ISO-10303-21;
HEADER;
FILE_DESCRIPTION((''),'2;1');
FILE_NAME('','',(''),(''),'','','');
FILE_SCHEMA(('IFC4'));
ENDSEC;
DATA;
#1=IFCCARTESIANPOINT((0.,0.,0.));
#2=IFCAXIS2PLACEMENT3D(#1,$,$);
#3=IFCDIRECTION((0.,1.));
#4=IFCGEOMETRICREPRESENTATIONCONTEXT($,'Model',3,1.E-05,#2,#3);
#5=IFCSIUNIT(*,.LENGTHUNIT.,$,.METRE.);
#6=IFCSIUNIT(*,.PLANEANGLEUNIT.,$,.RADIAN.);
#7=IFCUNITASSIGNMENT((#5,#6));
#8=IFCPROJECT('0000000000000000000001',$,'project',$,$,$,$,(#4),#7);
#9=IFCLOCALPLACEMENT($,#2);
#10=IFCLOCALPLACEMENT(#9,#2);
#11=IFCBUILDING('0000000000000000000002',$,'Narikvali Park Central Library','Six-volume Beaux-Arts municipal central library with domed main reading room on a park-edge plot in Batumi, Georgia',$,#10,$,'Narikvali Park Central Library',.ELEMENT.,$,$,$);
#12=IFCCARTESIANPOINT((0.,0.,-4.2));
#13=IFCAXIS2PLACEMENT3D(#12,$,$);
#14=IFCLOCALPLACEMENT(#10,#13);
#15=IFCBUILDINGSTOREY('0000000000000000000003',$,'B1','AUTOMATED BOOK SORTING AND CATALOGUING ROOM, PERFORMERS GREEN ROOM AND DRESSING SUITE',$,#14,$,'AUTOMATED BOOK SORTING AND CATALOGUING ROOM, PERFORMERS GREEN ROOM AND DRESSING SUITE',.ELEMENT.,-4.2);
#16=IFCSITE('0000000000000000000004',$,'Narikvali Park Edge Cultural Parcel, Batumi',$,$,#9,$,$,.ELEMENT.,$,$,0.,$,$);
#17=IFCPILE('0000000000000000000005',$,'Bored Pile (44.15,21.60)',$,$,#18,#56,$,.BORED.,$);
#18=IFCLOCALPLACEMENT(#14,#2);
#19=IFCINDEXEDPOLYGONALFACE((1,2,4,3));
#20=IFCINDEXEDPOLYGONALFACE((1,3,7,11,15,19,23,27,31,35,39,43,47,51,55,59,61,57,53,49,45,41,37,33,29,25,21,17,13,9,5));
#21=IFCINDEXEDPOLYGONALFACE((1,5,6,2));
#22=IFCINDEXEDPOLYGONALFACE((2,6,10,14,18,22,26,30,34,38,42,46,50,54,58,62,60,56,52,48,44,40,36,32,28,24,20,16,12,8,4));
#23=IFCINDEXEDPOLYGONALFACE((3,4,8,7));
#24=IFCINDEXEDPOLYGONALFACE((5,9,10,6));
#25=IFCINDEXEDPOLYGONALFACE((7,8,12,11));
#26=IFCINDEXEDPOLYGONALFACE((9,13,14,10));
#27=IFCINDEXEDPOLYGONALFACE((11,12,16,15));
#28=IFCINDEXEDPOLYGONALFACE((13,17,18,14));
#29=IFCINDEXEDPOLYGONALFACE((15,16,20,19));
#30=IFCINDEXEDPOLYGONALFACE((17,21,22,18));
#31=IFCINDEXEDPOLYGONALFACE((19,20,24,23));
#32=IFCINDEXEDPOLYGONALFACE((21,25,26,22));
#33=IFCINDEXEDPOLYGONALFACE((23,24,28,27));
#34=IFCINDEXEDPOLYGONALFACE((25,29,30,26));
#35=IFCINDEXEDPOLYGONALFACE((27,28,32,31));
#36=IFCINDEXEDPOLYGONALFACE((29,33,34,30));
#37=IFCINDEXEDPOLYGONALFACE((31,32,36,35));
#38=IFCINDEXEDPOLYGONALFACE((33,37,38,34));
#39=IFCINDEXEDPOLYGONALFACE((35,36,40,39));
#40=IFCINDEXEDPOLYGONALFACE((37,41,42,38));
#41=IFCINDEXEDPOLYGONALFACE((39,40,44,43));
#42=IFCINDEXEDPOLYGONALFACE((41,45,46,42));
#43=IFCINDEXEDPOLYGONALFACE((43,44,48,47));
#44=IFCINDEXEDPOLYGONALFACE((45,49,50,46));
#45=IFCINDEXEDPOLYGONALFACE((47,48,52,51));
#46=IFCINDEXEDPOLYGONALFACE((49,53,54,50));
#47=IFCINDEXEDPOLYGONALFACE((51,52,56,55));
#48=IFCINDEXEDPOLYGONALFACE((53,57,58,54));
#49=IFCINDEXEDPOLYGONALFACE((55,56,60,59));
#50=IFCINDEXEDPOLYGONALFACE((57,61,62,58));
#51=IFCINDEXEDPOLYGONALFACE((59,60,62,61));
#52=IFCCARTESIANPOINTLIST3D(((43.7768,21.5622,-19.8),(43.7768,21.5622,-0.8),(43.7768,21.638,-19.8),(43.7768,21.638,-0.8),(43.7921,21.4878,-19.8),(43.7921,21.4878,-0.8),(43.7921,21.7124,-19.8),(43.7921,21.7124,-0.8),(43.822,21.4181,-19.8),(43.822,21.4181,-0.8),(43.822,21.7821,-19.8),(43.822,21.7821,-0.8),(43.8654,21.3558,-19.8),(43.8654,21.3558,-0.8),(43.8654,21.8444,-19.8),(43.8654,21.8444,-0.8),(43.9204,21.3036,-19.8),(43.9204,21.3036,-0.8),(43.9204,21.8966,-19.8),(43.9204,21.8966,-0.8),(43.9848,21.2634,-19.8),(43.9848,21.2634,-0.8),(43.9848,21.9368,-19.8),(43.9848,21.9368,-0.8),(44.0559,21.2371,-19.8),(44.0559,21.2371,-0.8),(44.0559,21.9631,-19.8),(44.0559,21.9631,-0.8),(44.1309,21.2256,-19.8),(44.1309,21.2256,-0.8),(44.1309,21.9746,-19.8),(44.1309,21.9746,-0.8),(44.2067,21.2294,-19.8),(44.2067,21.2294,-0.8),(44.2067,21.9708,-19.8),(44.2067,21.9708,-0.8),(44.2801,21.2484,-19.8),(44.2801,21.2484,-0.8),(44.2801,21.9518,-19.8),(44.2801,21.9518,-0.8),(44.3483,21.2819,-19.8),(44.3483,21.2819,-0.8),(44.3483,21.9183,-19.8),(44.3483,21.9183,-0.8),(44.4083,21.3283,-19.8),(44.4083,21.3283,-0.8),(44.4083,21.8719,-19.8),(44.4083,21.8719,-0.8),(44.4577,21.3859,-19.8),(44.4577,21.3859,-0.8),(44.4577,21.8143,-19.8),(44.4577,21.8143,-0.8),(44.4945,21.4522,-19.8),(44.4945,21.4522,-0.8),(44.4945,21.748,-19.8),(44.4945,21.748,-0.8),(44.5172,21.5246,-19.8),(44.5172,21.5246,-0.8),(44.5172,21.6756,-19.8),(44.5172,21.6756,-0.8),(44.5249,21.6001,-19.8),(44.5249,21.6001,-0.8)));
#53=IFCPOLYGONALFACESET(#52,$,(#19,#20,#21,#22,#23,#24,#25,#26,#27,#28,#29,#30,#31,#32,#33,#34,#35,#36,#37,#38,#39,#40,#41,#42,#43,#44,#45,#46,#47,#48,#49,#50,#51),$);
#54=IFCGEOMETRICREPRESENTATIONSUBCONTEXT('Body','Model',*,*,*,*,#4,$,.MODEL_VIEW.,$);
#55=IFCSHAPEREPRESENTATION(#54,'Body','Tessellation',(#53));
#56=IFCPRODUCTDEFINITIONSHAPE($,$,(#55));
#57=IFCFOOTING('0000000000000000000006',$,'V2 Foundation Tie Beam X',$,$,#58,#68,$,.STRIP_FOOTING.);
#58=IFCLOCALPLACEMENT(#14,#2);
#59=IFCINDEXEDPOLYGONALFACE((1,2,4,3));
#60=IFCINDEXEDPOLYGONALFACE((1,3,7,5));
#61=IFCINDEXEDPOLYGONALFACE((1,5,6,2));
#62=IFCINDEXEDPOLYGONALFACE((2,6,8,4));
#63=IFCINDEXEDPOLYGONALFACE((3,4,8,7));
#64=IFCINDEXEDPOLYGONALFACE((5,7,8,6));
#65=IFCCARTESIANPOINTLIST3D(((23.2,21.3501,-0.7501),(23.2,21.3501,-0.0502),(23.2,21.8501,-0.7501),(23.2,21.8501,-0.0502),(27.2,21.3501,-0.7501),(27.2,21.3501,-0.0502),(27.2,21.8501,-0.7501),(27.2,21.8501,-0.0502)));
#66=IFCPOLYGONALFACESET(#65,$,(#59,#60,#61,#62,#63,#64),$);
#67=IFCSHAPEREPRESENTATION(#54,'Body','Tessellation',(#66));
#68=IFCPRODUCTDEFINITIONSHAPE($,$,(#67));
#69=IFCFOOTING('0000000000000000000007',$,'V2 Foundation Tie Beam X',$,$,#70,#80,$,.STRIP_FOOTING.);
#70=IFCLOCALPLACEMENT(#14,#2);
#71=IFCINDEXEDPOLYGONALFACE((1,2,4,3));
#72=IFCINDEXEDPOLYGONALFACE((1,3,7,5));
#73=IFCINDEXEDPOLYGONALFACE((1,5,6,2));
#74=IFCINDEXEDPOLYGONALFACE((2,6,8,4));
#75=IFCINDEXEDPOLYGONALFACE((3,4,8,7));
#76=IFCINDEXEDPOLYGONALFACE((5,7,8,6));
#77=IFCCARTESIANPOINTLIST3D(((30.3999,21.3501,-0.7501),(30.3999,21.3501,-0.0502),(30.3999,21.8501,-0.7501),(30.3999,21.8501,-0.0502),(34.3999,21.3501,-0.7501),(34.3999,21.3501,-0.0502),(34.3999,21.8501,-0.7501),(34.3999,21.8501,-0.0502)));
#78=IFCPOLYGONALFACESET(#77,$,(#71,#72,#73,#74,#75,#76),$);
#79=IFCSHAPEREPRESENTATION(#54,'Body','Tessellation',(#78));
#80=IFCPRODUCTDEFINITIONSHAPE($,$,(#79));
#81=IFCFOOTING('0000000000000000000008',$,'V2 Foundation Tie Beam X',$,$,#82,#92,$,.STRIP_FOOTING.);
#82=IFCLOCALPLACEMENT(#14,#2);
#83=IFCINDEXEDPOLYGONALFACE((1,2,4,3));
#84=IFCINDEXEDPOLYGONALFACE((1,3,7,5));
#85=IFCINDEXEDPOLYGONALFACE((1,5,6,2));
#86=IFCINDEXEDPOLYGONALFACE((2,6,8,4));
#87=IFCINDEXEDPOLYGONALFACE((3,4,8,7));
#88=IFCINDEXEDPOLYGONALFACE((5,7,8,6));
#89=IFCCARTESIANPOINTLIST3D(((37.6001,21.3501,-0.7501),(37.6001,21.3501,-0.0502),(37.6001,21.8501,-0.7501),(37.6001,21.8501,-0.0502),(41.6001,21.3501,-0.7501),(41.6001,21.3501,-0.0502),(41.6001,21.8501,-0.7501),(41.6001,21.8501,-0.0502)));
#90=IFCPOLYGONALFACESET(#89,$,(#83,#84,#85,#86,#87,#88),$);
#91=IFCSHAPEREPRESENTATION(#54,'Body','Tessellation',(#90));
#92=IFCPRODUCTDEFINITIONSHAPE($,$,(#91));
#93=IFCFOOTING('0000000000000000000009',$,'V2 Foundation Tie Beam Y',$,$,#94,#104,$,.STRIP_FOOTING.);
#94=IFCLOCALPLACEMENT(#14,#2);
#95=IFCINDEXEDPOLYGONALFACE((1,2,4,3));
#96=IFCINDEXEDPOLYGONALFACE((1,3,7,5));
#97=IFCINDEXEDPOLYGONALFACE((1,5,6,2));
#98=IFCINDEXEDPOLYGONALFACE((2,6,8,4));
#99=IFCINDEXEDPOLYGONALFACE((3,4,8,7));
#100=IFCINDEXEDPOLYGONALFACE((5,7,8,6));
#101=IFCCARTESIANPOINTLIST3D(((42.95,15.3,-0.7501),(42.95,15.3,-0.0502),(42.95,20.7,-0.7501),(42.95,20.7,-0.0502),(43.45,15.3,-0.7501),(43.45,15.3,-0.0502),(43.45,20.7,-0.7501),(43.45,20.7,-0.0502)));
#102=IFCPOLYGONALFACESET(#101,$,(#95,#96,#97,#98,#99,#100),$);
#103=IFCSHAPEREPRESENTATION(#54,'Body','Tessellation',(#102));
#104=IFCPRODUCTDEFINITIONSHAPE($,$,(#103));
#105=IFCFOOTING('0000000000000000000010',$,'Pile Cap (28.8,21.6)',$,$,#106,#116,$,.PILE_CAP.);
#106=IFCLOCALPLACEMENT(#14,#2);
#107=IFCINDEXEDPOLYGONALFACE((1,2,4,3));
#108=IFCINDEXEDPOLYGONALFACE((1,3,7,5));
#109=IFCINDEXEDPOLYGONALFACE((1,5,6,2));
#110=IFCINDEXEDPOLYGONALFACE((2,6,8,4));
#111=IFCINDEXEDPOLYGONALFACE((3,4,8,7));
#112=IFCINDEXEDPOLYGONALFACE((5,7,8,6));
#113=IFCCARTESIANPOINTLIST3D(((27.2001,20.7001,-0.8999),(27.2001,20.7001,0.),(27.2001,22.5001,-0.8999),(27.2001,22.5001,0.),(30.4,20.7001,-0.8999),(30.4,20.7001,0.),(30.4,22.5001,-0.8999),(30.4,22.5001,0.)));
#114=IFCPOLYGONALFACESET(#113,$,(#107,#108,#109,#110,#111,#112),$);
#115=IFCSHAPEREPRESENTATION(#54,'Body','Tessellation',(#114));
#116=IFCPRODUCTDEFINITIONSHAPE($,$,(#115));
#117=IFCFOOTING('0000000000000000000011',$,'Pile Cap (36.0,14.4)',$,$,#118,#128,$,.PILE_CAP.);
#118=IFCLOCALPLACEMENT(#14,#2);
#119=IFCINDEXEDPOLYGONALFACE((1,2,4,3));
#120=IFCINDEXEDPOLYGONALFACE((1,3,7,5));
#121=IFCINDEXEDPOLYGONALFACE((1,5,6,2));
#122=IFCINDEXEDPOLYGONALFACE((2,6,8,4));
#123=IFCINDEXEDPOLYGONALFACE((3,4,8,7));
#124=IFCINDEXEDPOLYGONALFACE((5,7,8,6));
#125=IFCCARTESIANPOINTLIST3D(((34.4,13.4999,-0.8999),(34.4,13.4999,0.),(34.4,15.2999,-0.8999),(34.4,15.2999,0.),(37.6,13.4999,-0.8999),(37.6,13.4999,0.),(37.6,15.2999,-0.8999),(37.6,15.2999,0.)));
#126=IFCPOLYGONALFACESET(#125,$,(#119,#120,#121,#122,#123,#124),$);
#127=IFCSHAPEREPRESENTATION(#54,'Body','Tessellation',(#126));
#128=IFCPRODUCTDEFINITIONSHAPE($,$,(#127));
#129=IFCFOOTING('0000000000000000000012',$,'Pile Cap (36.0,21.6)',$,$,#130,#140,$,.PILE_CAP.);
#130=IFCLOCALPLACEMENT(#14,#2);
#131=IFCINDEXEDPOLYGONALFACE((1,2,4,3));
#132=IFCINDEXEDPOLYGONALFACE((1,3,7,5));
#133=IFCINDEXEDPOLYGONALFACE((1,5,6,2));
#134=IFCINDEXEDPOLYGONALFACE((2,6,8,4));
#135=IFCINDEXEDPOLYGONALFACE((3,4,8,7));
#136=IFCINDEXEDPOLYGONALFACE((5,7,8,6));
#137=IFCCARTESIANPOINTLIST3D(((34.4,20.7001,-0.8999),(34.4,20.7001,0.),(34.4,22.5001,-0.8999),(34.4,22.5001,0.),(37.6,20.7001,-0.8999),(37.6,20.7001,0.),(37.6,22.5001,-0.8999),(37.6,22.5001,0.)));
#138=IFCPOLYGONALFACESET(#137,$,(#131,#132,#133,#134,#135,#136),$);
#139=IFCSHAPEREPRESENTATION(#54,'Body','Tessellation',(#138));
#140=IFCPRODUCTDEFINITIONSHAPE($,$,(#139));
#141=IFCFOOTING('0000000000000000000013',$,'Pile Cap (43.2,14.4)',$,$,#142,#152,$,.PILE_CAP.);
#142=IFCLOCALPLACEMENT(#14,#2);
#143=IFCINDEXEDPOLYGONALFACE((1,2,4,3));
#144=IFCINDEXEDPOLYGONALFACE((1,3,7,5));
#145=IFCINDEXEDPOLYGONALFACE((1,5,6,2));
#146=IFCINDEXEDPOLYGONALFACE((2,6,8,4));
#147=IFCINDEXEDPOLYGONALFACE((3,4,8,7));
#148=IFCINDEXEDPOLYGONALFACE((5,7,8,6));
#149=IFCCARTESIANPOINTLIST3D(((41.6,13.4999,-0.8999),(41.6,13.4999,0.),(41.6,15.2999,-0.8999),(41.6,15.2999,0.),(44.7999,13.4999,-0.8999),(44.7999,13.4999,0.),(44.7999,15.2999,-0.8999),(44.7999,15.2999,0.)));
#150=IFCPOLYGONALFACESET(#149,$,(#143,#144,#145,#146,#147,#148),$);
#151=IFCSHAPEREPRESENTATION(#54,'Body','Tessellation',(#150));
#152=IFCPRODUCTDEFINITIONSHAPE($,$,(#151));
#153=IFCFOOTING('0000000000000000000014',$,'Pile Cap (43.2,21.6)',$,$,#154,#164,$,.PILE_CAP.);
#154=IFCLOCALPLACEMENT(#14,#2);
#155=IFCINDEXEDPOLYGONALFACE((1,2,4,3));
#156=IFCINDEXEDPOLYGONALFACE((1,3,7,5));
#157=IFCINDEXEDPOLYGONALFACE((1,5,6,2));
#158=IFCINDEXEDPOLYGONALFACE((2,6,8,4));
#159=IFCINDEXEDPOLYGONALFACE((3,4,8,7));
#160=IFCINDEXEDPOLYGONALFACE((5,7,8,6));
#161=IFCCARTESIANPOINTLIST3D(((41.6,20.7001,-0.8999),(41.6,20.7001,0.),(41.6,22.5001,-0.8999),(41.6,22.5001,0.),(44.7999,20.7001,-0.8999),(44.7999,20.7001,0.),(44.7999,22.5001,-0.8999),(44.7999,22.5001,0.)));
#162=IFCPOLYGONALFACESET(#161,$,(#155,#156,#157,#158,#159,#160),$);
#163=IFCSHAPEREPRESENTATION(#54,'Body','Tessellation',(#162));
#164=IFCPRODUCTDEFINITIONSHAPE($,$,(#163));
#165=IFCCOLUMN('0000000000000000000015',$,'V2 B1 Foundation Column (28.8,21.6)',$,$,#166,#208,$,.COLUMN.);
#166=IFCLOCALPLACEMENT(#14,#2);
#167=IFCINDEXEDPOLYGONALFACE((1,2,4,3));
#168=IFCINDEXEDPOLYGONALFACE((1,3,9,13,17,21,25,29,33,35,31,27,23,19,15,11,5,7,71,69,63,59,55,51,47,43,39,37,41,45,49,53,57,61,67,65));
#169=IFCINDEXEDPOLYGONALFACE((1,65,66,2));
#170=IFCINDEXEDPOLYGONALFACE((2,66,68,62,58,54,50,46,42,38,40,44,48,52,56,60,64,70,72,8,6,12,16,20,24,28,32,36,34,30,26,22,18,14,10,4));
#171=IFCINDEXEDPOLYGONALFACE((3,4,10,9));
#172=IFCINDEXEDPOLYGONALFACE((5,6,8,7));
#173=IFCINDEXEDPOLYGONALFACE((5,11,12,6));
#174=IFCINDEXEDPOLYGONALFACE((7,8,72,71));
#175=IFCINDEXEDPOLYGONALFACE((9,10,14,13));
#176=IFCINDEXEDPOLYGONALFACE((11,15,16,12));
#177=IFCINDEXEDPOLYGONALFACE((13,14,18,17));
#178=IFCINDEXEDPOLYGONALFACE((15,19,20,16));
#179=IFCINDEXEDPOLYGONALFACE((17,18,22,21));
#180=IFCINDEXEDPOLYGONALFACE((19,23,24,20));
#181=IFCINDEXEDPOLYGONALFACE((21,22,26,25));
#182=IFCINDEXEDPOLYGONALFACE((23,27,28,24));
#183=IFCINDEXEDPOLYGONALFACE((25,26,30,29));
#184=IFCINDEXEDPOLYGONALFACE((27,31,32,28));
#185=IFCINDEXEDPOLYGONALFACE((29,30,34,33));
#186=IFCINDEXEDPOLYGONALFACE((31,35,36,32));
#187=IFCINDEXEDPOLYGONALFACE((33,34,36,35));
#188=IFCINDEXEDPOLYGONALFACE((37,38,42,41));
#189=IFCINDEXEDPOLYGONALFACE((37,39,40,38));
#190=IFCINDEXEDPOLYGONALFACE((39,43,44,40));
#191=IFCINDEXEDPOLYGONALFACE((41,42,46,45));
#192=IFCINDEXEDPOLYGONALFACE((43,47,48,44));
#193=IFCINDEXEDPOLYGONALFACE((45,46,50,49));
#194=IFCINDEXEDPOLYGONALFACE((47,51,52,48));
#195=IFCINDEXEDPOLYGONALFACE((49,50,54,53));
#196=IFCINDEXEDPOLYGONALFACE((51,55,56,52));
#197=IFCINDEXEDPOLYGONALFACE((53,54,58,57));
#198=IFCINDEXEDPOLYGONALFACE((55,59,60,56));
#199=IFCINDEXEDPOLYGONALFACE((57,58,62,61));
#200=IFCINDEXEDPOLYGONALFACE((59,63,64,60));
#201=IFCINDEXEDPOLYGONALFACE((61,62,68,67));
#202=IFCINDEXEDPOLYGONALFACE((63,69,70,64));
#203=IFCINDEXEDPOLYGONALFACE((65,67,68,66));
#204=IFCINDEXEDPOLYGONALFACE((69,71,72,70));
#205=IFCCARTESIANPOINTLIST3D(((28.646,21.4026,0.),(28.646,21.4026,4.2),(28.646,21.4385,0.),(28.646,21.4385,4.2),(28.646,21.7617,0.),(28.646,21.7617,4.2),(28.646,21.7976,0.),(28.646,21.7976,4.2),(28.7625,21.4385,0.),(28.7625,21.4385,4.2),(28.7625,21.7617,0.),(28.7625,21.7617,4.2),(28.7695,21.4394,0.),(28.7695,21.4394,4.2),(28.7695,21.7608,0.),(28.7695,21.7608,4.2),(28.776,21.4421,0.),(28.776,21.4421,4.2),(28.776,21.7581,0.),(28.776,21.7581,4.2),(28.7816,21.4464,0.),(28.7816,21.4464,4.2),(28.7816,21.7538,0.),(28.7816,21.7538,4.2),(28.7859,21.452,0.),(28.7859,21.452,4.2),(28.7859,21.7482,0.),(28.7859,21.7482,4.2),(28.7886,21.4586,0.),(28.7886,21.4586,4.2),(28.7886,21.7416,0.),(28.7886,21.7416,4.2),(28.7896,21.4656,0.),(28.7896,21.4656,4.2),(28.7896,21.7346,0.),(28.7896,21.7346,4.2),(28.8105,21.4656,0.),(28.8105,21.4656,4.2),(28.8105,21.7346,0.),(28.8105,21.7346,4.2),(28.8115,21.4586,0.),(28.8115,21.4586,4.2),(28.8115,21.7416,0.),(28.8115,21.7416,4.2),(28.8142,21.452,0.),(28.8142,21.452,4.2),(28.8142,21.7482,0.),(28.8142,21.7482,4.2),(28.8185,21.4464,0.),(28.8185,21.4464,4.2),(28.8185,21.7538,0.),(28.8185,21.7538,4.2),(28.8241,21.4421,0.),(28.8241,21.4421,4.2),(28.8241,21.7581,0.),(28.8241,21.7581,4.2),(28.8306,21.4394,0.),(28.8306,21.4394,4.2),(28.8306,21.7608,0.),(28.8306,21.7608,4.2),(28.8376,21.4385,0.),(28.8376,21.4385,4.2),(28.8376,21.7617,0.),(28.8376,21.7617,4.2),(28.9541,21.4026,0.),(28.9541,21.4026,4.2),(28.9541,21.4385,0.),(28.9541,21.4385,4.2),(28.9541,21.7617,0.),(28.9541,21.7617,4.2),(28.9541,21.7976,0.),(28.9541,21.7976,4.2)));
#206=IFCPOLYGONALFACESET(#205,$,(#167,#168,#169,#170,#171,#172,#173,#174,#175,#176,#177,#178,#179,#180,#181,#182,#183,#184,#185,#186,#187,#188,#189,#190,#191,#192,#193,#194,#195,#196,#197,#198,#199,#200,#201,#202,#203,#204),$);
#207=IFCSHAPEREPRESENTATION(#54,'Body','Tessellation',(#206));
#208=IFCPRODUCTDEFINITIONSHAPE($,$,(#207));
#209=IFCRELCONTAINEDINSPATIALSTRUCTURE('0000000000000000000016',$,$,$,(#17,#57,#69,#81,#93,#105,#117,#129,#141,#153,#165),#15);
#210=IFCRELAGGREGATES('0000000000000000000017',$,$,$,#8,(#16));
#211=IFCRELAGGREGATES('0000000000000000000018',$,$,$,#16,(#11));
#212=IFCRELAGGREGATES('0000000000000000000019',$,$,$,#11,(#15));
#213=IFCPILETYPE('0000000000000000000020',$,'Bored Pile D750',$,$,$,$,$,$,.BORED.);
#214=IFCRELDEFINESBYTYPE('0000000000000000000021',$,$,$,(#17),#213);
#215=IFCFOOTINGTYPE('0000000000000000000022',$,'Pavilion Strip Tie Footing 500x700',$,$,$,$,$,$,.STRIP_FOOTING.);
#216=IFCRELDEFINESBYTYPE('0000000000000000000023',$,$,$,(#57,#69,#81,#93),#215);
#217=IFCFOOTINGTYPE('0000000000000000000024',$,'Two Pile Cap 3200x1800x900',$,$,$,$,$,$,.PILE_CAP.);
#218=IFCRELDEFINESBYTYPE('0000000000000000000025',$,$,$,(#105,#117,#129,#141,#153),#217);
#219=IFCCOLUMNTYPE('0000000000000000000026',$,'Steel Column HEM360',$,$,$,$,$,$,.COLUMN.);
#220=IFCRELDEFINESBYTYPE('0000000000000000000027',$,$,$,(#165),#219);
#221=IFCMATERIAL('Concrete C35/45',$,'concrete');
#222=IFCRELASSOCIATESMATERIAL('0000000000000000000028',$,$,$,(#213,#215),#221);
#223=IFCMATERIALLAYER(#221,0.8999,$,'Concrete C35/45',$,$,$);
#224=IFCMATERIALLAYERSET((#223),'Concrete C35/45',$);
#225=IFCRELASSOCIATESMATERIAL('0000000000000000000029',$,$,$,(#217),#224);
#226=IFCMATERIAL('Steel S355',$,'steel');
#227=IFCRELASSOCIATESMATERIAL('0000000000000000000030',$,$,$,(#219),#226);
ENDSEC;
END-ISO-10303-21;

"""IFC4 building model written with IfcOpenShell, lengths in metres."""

from ifc_helpers import new_model, si_unit, direction, frame, origin, origin_2d, place, context, subcontext, project, spatial, rectangle, circle, i_section, extrude, material, layer, layer_set, material_profile, profile_set, type_object, element, save


model = new_model("IFC4")

# Units and contexts
model_context = context("Model", 3, precision=1e-05, world=origin(), true_north=direction((0.0, 1.0)))
body_context = subcontext(model_context, "Body", "Model", "MODEL_VIEW")
ifc_project = project(units=[si_unit("LENGTHUNIT", "METRE"), si_unit("PLANEANGLEUNIT", "RADIAN")], contexts=[model_context])

# Site, building, storey
site_placement = place(None, origin())
site = spatial("IfcSite", under=ifc_project, at=site_placement, Name="Narikvali Park Edge Cultural Parcel, Batumi", CompositionType="ELEMENT", RefElevation=0.0)
building_placement = place(site_placement, origin())
building = spatial("IfcBuilding", under=site, at=building_placement, Name="Narikvali Park Central Library", Description="Six-volume Beaux-Arts municipal central library with domed main reading room on a park-edge plot in Batumi, Georgia", LongName="Narikvali Park Central Library", CompositionType="ELEMENT")
storey_placement = place(building_placement, frame((0.0, 0.0, -4.2)))
storey = spatial("IfcBuildingStorey", under=building, at=storey_placement, Name="B1", Description="AUTOMATED BOOK SORTING AND CATALOGUING ROOM, PERFORMERS GREEN ROOM AND DRESSING SUITE", LongName="AUTOMATED BOOK SORTING AND CATALOGUING ROOM, PERFORMERS GREEN ROOM AND DRESSING SUITE", CompositionType="ELEMENT", Elevation=-4.2)

# Pile
ifc_material_1 = material(Name="Concrete C35/45", Category="concrete")
ifc_material_profile_1 = material_profile(ifc_material_1, circle(Radius=0.375, at=origin_2d()), Name="PILE D750")
ifc_profile_set_1 = profile_set([ifc_material_profile_1], Name="Concrete C35/45")
pile_type_1 = type_object("IfcPileType", Name="Bored Pile D750", PredefinedType="BORED", material=ifc_profile_set_1)
for number, where, z_axis, x_axis, name in (
    (1, (44.1499, 21.6001, -0.8), (0.0, 0.0, -1.0), (1.0, 0.0, 0.0), "Bored Pile (44.15,21.60)"),
):
    element("IfcPile", number, at=place(storey_placement, frame(where, z_axis=z_axis, x_axis=x_axis)), inside=storey, type_object=pile_type_1, Name=name, PredefinedType="BORED", context=body_context, shape_type="SweptSolid", body=[
        extrude(circle(Radius=0.375, at=origin_2d()), origin(), (0.0, 0.0, 1.0), 19.0),
    ])

# Footings
ifc_material_profile_2 = material_profile(ifc_material_1, rectangle(XDim=0.5, YDim=0.7, at=origin_2d()), Name="RC GB 500x700")
ifc_profile_set_2 = profile_set([ifc_material_profile_2], Name="Concrete C35/45")
footing_type_1 = type_object("IfcFootingType", Name="Pavilion Strip Tie Footing 500x700", PredefinedType="STRIP_FOOTING", material=ifc_profile_set_2)
for number, where, z_axis, x_axis, name in (
    (2, (23.2, 21.6001, -0.4001), (1.0, 0.0, 0.0), (0.0, 1.0, 0.0), "V2 Foundation Tie Beam X"),
    (3, (30.3999, 21.6001, -0.4001), (1.0, 0.0, 0.0), (0.0, 1.0, 0.0), "V2 Foundation Tie Beam X"),
    (4, (37.6001, 21.6001, -0.4001), (1.0, 0.0, 0.0), (0.0, 1.0, 0.0), "V2 Foundation Tie Beam X"),
):
    element("IfcFooting", number, at=place(storey_placement, frame(where, z_axis=z_axis, x_axis=x_axis)), inside=storey, type_object=footing_type_1, Name=name, PredefinedType="STRIP_FOOTING", context=body_context, shape_type="SweptSolid", body=[
        extrude(rectangle(XDim=0.5, YDim=0.7, at=origin_2d()), origin(), (0.0, 0.0, 1.0), 4.0),
    ])
footing_placement = place(storey_placement, frame((43.2, 15.3, -0.4001), z_axis=(0.0, 1.0, 0.0), x_axis=(-1.0, 0.0, 0.0)))
element("IfcFooting", 5, at=footing_placement, inside=storey, type_object=footing_type_1, Name="V2 Foundation Tie Beam Y", PredefinedType="STRIP_FOOTING", context=body_context, shape_type="SweptSolid", body=[
    extrude(rectangle(XDim=0.5, YDim=0.7, at=origin_2d()), origin(), (0.0, 0.0, 1.0), 5.3999),
])
ifc_layer_1 = layer(ifc_material_1, 0.8999, Name="Concrete C35/45")
ifc_layer_set_1 = layer_set([ifc_layer_1], Name="Concrete C35/45")
footing_type_2 = type_object("IfcFootingType", Name="Two Pile Cap 3200x1800x900", PredefinedType="PILE_CAP", material=ifc_layer_set_1)
for number, where, z_axis, x_axis, name in (
    (6, (28.8, 21.6001, -0.8999), (0.0, 0.0, 1.0), (1.0, 0.0, 0.0), "Pile Cap (28.8,21.6)"),
    (7, (36.0, 14.3999, -0.8999), (0.0, 0.0, 1.0), (1.0, 0.0, 0.0), "Pile Cap (36.0,14.4)"),
    (8, (36.0, 21.6001, -0.8999), (0.0, 0.0, 1.0), (1.0, 0.0, 0.0), "Pile Cap (36.0,21.6)"),
    (9, (43.2, 14.3999, -0.8999), (0.0, 0.0, 1.0), (1.0, 0.0, 0.0), "Pile Cap (43.2,14.4)"),
    (10, (43.2, 21.6001, -0.8999), (0.0, 0.0, 1.0), (1.0, 0.0, 0.0), "Pile Cap (43.2,21.6)"),
):
    element("IfcFooting", number, at=place(storey_placement, frame(where, z_axis=z_axis, x_axis=x_axis)), inside=storey, type_object=footing_type_2, Name=name, PredefinedType="PILE_CAP", context=body_context, shape_type="SweptSolid", body=[
        extrude(rectangle(XDim=3.2, YDim=1.8, at=origin_2d()), origin(), (0.0, 0.0, 1.0), 0.8999),
    ])

# Column
ifc_material_2 = material(Name="Steel S355", Category="steel")
ifc_material_profile_3 = material_profile(ifc_material_2, i_section(OverallWidth=0.3081, OverallDepth=0.395, WebThickness=0.021, FlangeThickness=0.0359, FilletRadius=0.0271, at=origin_2d()), Name="HEM 360")
ifc_profile_set_3 = profile_set([ifc_material_profile_3], Name="Steel S355")
column_type = type_object("IfcColumnType", Name="Steel Column HEM360", PredefinedType="COLUMN", material=ifc_profile_set_3)
for number, where, z_axis, x_axis, name in (
    (11, (28.8, 21.6001, 0.0), (0.0, 0.0, 1.0), (1.0, 0.0, 0.0), "V2 B1 Foundation Column (28.8,21.6)"),
):
    element("IfcColumn", number, at=place(storey_placement, frame(where, z_axis=z_axis, x_axis=x_axis)), inside=storey, type_object=column_type, Name=name, PredefinedType="COLUMN", context=body_context, shape_type="SweptSolid", body=[
        extrude(i_section(OverallWidth=0.3081, OverallDepth=0.395, WebThickness=0.021, FlangeThickness=0.0359, FilletRadius=0.0271, at=origin_2d()), origin(), (0.0, 0.0, 1.0), 4.2),
    ])

save(model, "model.ifc")
